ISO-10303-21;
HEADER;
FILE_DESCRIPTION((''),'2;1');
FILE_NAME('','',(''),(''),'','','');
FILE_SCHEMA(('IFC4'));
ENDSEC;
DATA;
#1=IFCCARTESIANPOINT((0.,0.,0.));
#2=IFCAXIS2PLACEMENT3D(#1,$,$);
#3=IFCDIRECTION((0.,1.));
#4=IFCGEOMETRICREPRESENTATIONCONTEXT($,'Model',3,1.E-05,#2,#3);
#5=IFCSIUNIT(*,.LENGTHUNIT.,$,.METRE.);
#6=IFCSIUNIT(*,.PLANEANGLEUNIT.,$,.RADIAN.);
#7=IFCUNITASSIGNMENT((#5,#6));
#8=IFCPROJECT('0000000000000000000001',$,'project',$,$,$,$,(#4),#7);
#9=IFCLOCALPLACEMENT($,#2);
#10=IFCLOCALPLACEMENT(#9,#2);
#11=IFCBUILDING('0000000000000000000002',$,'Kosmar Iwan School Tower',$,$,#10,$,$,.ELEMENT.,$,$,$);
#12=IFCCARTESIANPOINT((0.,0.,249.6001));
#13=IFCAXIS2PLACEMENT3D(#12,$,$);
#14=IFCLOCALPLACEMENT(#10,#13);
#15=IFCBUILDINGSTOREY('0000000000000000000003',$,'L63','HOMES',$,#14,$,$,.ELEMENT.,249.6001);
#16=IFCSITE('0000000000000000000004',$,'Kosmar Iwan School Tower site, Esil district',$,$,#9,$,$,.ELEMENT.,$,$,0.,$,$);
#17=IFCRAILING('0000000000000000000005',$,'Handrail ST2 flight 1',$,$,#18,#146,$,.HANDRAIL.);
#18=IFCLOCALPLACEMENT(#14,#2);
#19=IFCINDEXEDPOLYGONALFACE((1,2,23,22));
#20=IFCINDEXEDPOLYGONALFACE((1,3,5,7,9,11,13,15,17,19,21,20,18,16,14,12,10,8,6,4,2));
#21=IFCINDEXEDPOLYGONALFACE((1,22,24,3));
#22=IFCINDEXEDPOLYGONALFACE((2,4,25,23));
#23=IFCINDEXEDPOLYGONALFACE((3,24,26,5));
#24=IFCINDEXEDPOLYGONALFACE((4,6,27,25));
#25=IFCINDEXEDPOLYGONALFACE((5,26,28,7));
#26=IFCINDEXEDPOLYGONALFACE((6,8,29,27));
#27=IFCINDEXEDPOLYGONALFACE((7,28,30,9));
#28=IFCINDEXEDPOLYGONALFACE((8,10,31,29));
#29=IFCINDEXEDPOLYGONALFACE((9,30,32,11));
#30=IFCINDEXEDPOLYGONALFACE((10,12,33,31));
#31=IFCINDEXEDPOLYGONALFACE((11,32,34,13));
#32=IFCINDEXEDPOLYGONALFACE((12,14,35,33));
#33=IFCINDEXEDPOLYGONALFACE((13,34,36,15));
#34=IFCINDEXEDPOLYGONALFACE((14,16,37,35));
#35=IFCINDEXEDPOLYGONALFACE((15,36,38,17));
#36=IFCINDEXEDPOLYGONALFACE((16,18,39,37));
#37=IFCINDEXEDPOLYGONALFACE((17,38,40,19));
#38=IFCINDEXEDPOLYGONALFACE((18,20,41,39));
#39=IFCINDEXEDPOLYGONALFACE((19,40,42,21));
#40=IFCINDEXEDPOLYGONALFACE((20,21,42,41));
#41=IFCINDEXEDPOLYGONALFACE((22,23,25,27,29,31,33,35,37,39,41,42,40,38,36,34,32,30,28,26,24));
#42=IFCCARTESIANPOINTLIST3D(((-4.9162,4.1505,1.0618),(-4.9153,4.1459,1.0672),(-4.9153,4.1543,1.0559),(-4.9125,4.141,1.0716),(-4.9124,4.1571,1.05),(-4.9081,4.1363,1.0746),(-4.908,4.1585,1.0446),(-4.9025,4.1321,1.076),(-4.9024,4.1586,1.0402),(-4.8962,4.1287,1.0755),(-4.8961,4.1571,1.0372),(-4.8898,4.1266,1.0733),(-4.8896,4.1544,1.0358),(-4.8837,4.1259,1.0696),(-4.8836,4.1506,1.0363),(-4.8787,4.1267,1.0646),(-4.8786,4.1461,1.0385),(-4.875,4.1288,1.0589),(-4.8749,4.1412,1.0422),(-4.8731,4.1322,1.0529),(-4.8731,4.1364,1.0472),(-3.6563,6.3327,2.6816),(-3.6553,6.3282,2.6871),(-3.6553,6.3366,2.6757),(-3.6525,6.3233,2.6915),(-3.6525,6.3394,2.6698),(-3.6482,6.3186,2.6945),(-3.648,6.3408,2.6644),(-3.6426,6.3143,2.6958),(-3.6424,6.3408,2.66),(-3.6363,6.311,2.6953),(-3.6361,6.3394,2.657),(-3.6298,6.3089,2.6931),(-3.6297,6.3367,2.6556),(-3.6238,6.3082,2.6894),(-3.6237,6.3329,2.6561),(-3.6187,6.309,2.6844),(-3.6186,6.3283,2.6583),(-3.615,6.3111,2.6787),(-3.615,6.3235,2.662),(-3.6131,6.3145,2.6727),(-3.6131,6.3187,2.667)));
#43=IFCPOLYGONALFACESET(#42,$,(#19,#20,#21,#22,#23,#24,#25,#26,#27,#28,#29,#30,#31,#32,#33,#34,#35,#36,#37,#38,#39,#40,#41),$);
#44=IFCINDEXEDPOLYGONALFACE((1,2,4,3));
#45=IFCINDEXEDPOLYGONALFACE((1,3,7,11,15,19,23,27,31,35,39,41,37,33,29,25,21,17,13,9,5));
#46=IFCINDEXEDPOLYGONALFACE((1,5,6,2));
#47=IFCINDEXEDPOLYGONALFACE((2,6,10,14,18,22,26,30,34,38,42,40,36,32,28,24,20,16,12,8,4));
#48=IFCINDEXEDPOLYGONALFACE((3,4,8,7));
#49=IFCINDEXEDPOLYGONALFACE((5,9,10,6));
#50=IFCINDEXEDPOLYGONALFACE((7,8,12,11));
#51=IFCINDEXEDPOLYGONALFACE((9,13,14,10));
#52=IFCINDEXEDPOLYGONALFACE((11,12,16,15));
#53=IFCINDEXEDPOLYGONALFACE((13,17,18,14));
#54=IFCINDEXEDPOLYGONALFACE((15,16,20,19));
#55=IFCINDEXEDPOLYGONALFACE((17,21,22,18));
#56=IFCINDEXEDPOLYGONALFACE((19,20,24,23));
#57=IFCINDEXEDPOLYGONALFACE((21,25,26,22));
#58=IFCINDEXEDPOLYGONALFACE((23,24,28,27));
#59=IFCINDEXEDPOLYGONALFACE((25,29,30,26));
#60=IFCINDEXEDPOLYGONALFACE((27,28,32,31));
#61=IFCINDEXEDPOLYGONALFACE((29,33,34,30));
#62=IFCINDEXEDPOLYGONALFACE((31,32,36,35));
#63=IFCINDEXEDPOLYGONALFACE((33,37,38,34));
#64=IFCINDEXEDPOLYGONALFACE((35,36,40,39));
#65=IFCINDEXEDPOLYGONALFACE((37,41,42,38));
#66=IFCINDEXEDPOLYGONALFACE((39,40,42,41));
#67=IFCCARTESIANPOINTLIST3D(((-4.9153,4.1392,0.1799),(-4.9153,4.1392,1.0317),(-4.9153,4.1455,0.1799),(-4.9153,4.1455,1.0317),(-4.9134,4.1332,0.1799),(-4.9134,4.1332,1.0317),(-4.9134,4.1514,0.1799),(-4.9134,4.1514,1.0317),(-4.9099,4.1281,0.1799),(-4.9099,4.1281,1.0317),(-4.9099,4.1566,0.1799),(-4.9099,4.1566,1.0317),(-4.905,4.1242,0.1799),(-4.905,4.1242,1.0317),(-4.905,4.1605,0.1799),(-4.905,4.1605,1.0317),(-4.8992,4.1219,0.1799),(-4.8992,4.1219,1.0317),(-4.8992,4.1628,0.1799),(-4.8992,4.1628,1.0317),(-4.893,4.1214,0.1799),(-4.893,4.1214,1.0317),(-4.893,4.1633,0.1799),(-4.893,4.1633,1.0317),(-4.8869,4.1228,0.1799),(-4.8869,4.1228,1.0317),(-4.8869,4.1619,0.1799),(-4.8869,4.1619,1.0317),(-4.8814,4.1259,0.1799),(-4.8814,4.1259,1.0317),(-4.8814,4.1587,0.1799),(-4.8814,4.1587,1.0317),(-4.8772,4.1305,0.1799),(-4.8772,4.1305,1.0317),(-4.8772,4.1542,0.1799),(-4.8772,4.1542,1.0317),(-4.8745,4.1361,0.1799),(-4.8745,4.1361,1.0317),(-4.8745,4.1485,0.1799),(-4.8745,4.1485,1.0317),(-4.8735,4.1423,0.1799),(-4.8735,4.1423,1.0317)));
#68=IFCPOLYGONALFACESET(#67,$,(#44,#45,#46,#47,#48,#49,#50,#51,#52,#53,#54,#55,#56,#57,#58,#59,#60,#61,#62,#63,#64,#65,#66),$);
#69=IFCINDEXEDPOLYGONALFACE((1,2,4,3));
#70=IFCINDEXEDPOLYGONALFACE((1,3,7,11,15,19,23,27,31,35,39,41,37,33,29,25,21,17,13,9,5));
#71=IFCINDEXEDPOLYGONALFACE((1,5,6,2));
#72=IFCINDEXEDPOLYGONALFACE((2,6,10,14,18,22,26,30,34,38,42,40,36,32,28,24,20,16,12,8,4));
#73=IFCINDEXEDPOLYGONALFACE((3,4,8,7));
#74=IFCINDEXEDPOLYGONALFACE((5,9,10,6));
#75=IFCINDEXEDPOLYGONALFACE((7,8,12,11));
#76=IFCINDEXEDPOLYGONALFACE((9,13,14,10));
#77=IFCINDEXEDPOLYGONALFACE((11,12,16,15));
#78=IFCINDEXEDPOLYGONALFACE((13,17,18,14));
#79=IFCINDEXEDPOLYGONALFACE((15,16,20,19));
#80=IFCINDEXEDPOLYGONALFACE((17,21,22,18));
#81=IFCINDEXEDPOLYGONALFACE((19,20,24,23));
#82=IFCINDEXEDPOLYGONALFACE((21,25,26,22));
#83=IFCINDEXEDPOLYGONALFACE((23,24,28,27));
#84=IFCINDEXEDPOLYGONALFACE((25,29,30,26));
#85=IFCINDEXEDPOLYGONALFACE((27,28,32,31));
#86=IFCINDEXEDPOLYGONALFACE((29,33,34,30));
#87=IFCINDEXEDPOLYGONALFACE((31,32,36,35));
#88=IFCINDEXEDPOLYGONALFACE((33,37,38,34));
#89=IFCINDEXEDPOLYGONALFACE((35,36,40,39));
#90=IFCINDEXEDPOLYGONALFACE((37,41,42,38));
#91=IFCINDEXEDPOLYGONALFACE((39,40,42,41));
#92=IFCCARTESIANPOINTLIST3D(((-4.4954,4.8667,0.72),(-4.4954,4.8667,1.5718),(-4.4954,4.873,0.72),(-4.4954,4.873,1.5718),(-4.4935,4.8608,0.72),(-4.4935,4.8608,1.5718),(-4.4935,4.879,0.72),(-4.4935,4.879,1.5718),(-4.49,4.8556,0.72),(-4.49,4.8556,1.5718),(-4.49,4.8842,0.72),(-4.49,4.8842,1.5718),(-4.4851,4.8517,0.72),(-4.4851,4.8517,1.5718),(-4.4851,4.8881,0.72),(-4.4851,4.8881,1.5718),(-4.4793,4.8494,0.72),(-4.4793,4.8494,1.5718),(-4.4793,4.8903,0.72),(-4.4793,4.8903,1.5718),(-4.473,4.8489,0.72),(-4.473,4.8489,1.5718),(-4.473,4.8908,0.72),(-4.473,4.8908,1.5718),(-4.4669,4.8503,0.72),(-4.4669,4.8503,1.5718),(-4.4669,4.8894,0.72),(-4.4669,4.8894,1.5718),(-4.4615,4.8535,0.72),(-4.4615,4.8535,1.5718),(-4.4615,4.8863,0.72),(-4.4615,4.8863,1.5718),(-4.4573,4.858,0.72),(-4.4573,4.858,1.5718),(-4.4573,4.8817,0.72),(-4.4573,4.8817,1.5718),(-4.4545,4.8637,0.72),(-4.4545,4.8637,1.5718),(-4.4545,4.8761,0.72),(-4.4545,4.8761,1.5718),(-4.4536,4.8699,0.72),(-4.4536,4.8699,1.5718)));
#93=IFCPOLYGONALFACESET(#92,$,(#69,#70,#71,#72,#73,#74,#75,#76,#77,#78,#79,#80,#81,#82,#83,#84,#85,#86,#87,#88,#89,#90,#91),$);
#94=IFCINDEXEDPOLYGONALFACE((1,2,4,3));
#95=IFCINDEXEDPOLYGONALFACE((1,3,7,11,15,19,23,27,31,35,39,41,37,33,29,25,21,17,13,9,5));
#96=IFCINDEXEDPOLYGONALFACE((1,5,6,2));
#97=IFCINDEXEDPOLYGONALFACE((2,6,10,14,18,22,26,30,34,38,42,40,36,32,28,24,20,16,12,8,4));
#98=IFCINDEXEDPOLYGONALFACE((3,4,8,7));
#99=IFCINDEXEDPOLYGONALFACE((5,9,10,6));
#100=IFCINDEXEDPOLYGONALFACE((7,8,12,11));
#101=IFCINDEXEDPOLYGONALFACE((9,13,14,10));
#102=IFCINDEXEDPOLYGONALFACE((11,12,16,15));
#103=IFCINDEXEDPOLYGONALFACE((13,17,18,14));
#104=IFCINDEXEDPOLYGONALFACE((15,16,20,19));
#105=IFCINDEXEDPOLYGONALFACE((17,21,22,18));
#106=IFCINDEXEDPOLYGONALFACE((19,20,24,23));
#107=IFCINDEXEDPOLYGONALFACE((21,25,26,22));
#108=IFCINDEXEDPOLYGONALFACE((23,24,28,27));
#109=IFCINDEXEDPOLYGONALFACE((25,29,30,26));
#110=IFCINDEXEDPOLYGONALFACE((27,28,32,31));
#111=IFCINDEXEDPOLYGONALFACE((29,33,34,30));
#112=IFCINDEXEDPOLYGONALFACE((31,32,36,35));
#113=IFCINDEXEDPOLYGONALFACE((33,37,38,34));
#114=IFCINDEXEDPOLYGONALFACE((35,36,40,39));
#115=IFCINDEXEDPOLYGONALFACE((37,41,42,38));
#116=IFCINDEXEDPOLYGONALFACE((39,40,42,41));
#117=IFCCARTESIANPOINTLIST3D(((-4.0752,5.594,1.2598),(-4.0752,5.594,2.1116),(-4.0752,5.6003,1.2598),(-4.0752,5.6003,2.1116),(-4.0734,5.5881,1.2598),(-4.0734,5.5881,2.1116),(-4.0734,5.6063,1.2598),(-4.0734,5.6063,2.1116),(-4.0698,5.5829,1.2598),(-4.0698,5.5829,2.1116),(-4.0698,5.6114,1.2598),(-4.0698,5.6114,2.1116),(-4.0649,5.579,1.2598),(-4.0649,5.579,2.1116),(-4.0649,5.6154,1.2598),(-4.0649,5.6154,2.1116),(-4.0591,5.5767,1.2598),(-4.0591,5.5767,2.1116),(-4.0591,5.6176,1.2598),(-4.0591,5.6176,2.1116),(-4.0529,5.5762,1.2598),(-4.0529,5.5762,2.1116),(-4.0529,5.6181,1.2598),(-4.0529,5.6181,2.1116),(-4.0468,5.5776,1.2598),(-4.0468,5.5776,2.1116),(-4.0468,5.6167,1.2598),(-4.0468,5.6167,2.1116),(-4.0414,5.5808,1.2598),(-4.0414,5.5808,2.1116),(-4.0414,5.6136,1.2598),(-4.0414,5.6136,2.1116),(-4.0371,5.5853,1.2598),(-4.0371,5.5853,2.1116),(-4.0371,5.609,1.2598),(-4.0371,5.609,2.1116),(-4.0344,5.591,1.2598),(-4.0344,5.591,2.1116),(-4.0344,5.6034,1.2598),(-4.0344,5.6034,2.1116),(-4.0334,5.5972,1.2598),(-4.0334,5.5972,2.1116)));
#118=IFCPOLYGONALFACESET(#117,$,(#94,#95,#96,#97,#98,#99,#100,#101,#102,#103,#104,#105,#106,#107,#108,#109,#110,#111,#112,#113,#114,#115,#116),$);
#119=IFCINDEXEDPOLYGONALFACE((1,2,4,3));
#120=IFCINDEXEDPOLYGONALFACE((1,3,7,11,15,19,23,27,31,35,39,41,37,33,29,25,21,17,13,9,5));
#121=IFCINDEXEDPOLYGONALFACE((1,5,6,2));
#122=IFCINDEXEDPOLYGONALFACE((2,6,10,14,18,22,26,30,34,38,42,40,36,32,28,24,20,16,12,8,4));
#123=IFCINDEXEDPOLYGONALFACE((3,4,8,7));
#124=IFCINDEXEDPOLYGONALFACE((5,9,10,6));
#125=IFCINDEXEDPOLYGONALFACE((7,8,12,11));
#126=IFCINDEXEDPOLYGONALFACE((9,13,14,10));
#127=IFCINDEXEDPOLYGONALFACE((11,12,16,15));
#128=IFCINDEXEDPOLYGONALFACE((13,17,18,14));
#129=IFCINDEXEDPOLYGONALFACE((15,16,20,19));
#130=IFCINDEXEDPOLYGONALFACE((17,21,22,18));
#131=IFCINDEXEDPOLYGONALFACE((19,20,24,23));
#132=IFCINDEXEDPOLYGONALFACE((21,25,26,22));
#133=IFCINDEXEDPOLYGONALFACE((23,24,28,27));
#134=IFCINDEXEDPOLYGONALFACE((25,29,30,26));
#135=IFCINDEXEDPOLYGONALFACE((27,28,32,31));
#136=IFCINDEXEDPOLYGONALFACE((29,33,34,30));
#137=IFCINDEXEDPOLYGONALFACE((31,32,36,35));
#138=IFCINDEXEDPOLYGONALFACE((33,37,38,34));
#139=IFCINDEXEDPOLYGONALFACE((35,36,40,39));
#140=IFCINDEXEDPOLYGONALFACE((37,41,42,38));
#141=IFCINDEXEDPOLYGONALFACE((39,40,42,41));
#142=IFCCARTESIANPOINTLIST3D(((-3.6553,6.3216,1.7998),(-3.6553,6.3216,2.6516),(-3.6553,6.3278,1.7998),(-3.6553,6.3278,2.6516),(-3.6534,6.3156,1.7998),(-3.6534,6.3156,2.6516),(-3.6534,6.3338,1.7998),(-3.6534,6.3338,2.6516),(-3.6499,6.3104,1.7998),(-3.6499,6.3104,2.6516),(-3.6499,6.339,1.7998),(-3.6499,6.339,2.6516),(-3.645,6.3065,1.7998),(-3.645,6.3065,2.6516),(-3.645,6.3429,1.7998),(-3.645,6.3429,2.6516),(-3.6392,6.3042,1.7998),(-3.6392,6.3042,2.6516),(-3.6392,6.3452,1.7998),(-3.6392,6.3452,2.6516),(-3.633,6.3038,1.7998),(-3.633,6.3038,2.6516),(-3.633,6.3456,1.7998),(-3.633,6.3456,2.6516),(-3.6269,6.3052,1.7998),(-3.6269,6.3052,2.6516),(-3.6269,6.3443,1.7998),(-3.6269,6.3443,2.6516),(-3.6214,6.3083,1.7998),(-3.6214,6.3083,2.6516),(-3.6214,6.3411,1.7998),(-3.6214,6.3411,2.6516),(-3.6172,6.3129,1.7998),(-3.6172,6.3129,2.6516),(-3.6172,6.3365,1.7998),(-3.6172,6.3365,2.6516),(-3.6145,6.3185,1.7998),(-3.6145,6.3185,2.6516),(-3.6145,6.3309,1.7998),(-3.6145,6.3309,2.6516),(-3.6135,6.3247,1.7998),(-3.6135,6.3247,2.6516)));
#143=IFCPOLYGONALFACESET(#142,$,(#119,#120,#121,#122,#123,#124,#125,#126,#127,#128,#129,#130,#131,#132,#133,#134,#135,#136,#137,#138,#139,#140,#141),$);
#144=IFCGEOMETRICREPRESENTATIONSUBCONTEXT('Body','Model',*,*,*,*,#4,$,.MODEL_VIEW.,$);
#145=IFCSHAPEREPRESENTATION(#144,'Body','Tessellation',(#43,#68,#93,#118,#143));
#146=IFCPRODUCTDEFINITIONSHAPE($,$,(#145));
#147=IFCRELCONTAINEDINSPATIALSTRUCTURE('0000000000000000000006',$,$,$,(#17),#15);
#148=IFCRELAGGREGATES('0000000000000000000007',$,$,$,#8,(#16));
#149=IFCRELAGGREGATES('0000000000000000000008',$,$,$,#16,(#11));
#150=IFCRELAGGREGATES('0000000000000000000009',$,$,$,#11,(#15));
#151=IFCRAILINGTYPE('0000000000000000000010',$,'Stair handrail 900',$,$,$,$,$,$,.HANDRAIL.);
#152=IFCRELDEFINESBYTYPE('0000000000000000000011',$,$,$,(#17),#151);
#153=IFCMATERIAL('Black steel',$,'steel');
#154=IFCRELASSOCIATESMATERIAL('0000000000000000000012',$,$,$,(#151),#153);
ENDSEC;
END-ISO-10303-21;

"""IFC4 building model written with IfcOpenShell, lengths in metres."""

from ifc_helpers import new_model, si_unit, direction, frame, origin, origin_2d, place, context, subcontext, project, spatial, circle, extrude, material, type_object, element, save


model = new_model("IFC4")

# Units and contexts
model_context = context("Model", 3, precision=1e-05, world=origin(), true_north=direction((0.0, 1.0)))
body_context = subcontext(model_context, "Body", "Model", "MODEL_VIEW")
ifc_project = project(units=[si_unit("LENGTHUNIT", "METRE"), si_unit("PLANEANGLEUNIT", "RADIAN")], contexts=[model_context])

# Site, building, storey
site_placement = place(None, origin())
site = spatial("IfcSite", under=ifc_project, at=site_placement, Name="Kosmar Iwan School Tower site, Esil district", CompositionType="ELEMENT", RefElevation=0.0)
building_placement = place(site_placement, origin())
building = spatial("IfcBuilding", under=site, at=building_placement, Name="Kosmar Iwan School Tower", CompositionType="ELEMENT")
storey_placement = place(building_placement, frame((0.0, 0.0, 249.6001)))
storey = spatial("IfcBuildingStorey", under=building, at=storey_placement, Name="L63", Description="HOMES", CompositionType="ELEMENT", Elevation=249.6001)

# Railing
ifc_material_1 = material(Name="Black steel", Category="steel")
railing_type = type_object("IfcRailingType", Name="Stair handrail 900", PredefinedType="HANDRAIL", material=ifc_material_1)
railing_placement = place(storey_placement, frame((-4.8945, 4.1423, 0.1799)))
element("IfcRailing", 1, at=railing_placement, inside=storey, type_object=railing_type, Name="Handrail ST2 flight 1", PredefinedType="HANDRAIL", context=body_context, shape_type="SweptSolid", body=[
    extrude(circle(Radius=0.0239, at=origin_2d()), frame((0.0, 0.0, 0.876), z_axis=(0.420603, 0.728496, 0.540728), x_axis=(-0.866023, 0.500005, 0.0)), (0.0, 0.0, 1.0), 2.9956),
    extrude(circle(Radius=0.021, at=origin_2d()), origin(), (0.0, 0.0, 1.0), 0.8518),
    extrude(circle(Radius=0.021, at=origin_2d()), frame((0.4199, 0.7275, 0.54)), (0.0, 0.0, 1.0), 0.8518),
    extrude(circle(Radius=0.021, at=origin_2d()), frame((0.8401, 1.4548, 1.0798)), (0.0, 0.0, 1.0), 0.8518),
    extrude(circle(Radius=0.021, at=origin_2d()), frame((1.26, 2.1824, 1.6199)), (0.0, 0.0, 1.0), 0.8518),
])

save(model, "model.ifc")
